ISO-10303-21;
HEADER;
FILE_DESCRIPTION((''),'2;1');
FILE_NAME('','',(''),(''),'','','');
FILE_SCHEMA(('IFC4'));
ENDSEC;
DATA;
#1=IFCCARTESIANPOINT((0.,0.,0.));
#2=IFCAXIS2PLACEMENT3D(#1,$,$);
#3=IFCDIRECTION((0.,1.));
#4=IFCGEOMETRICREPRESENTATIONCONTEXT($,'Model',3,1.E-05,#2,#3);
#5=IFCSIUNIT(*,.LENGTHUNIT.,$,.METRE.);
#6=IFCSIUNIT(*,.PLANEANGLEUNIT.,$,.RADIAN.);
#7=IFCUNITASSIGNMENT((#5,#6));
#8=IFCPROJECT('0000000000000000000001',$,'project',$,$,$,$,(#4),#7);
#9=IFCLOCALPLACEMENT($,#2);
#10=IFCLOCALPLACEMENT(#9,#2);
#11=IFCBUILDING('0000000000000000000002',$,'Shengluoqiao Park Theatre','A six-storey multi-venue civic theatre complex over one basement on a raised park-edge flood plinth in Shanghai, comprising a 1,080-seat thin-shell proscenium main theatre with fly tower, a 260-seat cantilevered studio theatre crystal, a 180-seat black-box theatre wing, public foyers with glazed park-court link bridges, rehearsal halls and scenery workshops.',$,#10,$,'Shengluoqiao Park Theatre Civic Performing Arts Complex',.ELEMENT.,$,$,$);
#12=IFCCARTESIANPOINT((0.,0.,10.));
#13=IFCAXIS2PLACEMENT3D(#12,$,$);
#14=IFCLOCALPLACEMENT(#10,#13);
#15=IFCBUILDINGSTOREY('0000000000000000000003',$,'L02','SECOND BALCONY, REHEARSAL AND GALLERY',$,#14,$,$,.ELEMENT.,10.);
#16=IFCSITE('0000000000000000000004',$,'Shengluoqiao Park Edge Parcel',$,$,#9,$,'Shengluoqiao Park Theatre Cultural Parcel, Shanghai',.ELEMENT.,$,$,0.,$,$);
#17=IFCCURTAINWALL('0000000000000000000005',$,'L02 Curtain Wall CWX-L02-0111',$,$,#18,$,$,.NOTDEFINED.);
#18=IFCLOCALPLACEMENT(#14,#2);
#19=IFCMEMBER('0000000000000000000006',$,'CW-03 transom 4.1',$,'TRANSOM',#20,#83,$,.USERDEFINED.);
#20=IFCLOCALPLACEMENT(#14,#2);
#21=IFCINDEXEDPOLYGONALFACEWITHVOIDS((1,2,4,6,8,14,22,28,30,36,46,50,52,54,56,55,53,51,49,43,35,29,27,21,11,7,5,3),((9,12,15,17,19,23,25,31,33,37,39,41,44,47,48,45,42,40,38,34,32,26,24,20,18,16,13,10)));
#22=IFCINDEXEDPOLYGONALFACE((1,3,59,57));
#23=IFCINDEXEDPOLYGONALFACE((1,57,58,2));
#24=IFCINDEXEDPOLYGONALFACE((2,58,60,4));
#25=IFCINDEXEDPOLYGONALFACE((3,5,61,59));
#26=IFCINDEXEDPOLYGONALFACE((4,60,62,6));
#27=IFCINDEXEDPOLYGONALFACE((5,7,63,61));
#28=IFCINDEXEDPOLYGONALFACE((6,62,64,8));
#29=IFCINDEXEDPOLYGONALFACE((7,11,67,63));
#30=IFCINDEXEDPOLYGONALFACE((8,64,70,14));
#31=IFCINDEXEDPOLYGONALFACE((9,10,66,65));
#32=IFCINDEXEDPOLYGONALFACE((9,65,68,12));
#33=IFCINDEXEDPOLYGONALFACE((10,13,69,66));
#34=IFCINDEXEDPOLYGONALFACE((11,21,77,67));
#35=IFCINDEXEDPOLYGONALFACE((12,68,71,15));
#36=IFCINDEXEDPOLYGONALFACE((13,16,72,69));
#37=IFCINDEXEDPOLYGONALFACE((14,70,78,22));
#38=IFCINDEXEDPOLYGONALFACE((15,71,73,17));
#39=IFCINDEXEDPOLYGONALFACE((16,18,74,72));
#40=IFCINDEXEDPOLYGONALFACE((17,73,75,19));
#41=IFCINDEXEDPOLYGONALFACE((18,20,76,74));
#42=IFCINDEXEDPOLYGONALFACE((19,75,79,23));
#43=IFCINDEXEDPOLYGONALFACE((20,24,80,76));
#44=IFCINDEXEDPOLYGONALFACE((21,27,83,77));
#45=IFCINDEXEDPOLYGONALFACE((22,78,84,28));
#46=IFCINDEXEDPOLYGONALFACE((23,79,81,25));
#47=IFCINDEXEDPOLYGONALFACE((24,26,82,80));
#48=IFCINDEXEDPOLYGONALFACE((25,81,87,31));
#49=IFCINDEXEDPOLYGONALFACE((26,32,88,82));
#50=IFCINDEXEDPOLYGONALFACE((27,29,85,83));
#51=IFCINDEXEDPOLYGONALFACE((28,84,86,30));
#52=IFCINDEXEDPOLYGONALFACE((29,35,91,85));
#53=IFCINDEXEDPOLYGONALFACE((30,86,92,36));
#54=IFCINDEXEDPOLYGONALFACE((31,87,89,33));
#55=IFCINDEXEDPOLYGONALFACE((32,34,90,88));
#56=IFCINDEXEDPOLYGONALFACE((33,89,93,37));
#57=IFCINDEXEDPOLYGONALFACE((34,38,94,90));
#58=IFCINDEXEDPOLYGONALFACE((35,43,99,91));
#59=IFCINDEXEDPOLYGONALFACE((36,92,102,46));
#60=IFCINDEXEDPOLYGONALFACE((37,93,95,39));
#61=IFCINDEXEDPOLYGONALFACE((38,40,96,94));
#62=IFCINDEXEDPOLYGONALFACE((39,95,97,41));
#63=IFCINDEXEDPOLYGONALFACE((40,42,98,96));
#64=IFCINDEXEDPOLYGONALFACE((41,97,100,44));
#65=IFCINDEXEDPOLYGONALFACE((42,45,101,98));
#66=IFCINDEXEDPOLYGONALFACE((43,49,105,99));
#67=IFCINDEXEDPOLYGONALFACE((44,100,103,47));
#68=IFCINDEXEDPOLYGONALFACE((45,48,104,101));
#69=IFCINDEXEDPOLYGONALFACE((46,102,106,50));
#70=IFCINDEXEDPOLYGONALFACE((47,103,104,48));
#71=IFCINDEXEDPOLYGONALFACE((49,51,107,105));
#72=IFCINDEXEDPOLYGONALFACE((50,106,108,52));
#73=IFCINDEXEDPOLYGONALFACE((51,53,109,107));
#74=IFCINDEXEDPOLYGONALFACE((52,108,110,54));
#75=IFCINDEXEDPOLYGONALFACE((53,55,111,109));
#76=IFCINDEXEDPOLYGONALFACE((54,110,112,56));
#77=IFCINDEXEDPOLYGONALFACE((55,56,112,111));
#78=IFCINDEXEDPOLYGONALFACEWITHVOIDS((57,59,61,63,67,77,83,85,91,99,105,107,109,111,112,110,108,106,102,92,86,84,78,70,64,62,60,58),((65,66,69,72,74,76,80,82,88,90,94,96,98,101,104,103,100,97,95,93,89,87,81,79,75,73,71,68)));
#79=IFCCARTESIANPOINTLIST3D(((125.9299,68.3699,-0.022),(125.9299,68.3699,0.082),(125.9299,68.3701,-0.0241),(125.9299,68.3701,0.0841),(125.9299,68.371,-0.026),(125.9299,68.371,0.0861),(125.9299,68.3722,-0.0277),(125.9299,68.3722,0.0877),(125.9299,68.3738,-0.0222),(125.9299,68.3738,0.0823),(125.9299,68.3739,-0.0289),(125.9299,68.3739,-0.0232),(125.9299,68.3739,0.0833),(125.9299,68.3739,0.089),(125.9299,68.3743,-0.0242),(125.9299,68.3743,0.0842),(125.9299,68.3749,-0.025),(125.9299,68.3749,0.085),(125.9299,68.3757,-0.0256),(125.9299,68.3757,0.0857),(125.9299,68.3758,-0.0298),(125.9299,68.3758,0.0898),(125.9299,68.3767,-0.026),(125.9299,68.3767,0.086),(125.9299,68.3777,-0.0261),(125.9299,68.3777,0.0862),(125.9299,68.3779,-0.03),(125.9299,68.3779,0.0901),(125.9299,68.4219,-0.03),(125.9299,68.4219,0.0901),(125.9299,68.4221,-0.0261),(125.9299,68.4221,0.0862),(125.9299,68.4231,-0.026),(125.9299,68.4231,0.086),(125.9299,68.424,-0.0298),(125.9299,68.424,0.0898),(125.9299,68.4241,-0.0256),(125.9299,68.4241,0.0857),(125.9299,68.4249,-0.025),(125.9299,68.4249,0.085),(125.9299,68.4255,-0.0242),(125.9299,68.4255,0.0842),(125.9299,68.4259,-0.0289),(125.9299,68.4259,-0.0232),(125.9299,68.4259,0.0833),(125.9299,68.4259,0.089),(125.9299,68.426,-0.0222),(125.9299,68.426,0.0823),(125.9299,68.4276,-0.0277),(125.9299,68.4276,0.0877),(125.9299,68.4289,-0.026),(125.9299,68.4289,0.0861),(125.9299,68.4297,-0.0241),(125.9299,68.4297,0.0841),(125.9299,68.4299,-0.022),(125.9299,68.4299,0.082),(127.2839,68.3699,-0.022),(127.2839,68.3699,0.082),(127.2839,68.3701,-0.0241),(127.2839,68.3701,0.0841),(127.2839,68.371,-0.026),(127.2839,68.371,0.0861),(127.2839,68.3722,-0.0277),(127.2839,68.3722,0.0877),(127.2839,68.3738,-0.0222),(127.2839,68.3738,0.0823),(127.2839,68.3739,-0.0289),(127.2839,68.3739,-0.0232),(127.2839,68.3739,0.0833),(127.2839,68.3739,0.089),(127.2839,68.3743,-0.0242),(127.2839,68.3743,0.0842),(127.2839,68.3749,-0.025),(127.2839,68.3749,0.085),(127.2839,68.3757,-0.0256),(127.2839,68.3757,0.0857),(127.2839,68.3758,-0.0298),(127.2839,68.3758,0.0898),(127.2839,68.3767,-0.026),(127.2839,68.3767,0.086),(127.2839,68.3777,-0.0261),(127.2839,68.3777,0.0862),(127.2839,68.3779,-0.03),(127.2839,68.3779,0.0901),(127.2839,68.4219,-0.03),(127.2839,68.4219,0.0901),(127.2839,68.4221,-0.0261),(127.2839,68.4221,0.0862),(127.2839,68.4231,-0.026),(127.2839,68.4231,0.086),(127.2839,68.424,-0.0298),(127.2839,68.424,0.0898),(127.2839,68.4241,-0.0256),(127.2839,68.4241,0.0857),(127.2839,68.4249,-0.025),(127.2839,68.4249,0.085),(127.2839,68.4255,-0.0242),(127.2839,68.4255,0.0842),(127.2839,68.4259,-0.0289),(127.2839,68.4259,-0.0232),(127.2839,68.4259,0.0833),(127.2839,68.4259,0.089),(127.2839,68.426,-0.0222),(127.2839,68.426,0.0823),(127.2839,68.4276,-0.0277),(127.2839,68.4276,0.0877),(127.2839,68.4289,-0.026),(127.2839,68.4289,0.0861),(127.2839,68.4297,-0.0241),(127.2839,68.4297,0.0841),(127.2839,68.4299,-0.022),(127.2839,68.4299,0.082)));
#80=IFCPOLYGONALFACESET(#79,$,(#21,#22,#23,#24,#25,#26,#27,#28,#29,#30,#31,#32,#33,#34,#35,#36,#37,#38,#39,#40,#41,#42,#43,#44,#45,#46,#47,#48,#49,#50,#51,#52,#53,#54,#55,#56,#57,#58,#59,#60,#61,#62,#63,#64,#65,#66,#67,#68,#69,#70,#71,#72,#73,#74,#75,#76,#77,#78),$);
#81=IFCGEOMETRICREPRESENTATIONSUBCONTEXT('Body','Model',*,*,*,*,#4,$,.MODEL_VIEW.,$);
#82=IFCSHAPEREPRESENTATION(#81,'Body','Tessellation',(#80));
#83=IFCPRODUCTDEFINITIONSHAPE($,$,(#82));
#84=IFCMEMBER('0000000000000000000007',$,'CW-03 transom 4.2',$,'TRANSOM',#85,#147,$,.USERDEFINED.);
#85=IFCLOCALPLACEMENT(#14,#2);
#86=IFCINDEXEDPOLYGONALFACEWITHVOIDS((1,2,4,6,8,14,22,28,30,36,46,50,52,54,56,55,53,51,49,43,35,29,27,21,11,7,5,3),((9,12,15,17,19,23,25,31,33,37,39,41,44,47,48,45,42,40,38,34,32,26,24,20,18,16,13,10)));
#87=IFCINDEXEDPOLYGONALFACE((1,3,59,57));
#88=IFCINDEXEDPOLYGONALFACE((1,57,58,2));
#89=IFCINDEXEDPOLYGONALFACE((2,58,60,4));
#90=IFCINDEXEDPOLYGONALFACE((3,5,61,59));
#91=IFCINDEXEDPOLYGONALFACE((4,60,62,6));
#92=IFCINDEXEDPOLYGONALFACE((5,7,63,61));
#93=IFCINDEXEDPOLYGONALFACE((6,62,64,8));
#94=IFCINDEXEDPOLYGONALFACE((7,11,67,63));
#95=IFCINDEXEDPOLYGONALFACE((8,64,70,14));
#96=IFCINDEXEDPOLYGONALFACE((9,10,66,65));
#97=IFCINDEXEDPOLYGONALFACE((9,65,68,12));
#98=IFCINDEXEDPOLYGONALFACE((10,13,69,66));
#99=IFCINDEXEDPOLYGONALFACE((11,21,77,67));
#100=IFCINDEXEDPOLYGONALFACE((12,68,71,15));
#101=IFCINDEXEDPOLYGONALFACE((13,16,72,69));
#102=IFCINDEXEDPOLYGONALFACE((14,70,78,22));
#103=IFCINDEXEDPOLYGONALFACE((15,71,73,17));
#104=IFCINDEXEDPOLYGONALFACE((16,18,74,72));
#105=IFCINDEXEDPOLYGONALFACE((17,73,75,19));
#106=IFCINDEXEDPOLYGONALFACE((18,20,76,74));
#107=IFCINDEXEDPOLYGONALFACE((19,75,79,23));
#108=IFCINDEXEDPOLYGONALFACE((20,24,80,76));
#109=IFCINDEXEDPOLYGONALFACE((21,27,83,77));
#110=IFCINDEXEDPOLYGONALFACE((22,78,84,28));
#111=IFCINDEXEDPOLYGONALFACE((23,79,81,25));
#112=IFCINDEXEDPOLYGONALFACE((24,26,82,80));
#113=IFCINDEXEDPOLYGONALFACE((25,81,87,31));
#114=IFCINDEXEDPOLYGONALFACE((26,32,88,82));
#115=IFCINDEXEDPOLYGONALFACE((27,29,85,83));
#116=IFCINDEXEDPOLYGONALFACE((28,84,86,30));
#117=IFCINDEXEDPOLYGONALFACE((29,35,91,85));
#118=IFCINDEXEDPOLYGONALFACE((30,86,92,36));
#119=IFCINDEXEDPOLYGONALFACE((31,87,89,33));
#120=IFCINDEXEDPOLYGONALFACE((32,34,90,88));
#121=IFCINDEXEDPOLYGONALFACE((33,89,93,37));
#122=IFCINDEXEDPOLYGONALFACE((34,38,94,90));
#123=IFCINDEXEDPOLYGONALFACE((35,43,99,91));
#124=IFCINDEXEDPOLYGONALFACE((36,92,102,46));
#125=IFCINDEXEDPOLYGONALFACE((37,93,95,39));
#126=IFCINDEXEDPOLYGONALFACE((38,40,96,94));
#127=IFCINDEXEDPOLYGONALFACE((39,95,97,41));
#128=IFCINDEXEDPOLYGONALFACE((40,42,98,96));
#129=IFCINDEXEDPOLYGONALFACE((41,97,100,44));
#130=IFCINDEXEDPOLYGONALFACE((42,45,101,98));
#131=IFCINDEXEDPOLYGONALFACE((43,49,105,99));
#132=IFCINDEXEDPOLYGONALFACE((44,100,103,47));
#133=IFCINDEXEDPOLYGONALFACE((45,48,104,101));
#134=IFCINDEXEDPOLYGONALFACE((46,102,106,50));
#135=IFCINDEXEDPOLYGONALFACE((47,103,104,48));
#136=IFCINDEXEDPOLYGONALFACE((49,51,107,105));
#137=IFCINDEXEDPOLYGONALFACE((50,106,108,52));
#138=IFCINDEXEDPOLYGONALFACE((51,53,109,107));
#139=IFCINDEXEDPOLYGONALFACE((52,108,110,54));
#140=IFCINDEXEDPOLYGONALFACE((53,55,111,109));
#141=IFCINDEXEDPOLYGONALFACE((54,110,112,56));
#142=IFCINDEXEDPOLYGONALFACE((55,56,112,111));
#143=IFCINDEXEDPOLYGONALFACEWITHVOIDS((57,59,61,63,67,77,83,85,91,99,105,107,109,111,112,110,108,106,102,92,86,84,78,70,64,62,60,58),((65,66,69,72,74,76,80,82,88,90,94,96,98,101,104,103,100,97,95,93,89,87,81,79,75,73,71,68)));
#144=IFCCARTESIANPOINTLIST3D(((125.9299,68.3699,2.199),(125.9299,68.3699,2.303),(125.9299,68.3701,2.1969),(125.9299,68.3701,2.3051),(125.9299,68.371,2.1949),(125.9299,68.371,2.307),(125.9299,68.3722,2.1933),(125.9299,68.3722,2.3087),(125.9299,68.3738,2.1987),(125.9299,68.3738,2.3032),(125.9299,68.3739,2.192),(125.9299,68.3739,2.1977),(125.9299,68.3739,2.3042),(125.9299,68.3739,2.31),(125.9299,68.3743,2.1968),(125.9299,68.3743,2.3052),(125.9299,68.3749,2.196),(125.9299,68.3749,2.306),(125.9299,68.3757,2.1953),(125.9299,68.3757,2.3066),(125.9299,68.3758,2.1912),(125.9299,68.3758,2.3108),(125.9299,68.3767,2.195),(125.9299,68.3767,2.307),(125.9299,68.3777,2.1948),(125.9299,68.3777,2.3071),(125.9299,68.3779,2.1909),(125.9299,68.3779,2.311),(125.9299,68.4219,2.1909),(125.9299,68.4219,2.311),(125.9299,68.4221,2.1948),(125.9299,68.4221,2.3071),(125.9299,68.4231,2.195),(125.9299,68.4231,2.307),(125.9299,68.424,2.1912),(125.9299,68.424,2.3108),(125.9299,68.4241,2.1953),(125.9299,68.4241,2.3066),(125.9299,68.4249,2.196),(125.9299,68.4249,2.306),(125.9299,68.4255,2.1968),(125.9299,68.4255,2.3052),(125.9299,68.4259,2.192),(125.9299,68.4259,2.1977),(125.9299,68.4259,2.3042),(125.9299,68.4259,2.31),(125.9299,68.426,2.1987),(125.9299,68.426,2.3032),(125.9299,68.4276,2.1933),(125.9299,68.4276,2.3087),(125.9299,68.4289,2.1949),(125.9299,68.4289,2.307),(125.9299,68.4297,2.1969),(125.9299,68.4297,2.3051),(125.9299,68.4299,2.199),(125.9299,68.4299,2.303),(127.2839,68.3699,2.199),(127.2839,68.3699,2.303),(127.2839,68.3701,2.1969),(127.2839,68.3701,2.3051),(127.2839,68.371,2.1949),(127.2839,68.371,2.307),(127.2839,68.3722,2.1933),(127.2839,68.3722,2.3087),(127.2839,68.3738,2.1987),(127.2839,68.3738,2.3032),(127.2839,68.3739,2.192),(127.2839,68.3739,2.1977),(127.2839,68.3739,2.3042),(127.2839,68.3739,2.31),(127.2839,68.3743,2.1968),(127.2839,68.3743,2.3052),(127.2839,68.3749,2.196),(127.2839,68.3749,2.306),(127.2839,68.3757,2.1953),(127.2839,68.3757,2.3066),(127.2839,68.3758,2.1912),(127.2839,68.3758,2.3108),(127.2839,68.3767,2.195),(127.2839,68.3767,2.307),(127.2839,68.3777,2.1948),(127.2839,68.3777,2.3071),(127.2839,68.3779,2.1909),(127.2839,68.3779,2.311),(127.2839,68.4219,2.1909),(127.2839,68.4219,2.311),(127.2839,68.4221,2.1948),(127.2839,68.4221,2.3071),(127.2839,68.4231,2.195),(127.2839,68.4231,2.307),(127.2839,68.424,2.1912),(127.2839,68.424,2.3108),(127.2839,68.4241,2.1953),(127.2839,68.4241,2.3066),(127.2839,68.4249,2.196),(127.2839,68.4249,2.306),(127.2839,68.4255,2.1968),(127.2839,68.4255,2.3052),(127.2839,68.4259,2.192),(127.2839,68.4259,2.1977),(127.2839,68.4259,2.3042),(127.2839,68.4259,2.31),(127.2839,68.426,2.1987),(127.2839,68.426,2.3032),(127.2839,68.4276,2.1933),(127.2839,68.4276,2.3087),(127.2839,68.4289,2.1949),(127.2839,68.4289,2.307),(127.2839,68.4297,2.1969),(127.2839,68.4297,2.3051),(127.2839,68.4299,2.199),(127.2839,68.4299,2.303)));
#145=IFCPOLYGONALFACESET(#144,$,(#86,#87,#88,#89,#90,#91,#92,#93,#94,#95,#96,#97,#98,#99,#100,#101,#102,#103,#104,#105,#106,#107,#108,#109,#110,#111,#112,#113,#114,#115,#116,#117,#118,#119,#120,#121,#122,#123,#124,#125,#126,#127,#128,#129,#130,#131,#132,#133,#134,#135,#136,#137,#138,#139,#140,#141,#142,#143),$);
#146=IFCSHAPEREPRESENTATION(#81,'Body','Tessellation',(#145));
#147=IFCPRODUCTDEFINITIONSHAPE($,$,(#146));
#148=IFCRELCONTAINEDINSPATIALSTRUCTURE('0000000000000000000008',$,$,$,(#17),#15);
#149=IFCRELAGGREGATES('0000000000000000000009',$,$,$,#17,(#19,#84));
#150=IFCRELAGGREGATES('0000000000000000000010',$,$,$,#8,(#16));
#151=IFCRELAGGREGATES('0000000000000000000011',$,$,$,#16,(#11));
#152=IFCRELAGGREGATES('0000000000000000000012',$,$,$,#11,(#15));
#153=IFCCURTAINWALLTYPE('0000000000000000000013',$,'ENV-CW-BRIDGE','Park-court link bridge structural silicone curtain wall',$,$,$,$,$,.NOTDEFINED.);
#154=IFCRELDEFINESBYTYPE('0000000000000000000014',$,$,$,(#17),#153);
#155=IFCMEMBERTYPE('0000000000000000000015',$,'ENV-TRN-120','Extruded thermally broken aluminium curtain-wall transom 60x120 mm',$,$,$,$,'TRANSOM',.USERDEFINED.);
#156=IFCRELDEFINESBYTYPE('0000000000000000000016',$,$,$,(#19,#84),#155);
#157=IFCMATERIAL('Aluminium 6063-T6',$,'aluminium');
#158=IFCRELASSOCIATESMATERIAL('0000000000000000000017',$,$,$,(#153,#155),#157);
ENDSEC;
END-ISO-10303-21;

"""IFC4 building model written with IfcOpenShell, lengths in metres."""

from ifc_helpers import new_model, si_unit, direction, frame, origin, origin_2d, place, context, subcontext, project, spatial, hollow_rectangle, extrude, material, material_profile, profile_set, type_object, element, aggregate, save


model = new_model("IFC4")

# Units and contexts
model_context = context("Model", 3, precision=1e-05, world=origin(), true_north=direction((0.0, 1.0)))
body_context = subcontext(model_context, "Body", "Model", "MODEL_VIEW")
ifc_project = project(units=[si_unit("LENGTHUNIT", "METRE"), si_unit("PLANEANGLEUNIT", "RADIAN")], contexts=[model_context])

# Site, building, storey
site_placement = place(None, origin())
site = spatial("IfcSite", under=ifc_project, at=site_placement, Name="Shengluoqiao Park Edge Parcel", LongName="Shengluoqiao Park Theatre Cultural Parcel, Shanghai", CompositionType="ELEMENT", RefElevation=0.0)
building_placement = place(site_placement, origin())
building = spatial("IfcBuilding", under=site, at=building_placement, Name="Shengluoqiao Park Theatre", Description="A six-storey multi-venue civic theatre complex over one basement on a raised park-edge flood plinth in Shanghai, comprising a 1,080-seat thin-shell proscenium main theatre with fly tower, a 260-seat cantilevered studio theatre crystal, a 180-seat black-box theatre wing, public foyers with glazed park-court link bridges, rehearsal halls and scenery workshops.", LongName="Shengluoqiao Park Theatre Civic Performing Arts Complex", CompositionType="ELEMENT")
storey_placement = place(building_placement, frame((0.0, 0.0, 10.0)))
storey = spatial("IfcBuildingStorey", under=building, at=storey_placement, Name="L02", Description="SECOND BALCONY, REHEARSAL AND GALLERY", CompositionType="ELEMENT", Elevation=10.0)

# Curtain wall, members
ifc_material_1 = material(Name="Aluminium 6063-T6", Category="aluminium")
curtain_wall_type = type_object("IfcCurtainWallType", Name="ENV-CW-BRIDGE", Description="Park-court link bridge structural silicone curtain wall", PredefinedType="NOTDEFINED", material=ifc_material_1)
curtain_wall_placement = place(storey_placement, origin())
curtain_wall = element("IfcCurtainWall", 1, at=curtain_wall_placement, inside=storey, type_object=curtain_wall_type, Name="L02 Curtain Wall CWX-L02-0111", PredefinedType="NOTDEFINED")
ifc_material_profile_1 = material_profile(ifc_material_1, hollow_rectangle(XDim=0.0601, YDim=0.1201, WallThickness=0.0039, InnerFilletRadius=0.0039, OuterFilletRadius=0.0081, at=origin_2d()), Name="ALU TRANSOM 120x60x4")
ifc_profile_set_1 = profile_set([ifc_material_profile_1], Name="Aluminium 6063-T6")
member_type_1 = type_object("IfcMemberType", Name="ENV-TRN-120", Description="Extruded thermally broken aluminium curtain-wall transom 60x120 mm", ElementType="TRANSOM", PredefinedType="USERDEFINED", material=ifc_profile_set_1)
member_1_placement = place(storey_placement, frame((125.9299, 68.3999, 0.03), z_axis=(1.0, 0.0, 0.0), x_axis=(0.0, 1.0, 0.0)))
member_1 = element("IfcMember", 2, at=member_1_placement, type_object=member_type_1, Name="CW-03 transom 4.1", ObjectType="TRANSOM", PredefinedType="USERDEFINED", context=body_context, shape_type="SweptSolid", body=[
    extrude(hollow_rectangle(XDim=0.0601, YDim=0.1201, WallThickness=0.0039, InnerFilletRadius=0.0039, OuterFilletRadius=0.0081, at=origin_2d()), origin(), (0.0, 0.0, 1.0), 1.354),
])
member_2_placement = place(storey_placement, frame((125.9299, 68.3999, 2.251), z_axis=(1.0, 0.0, 0.0), x_axis=(0.0, 1.0, 0.0)))
member_2 = element("IfcMember", 3, at=member_2_placement, type_object=member_type_1, Name="CW-03 transom 4.2", ObjectType="TRANSOM", PredefinedType="USERDEFINED", context=body_context, shape_type="SweptSolid", body=[
    extrude(hollow_rectangle(XDim=0.0601, YDim=0.1201, WallThickness=0.0039, InnerFilletRadius=0.0039, OuterFilletRadius=0.0081, at=origin_2d()), origin(), (0.0, 0.0, 1.0), 1.354),
])

aggregate(curtain_wall, [member_1, member_2])

save(model, "model.ifc")
